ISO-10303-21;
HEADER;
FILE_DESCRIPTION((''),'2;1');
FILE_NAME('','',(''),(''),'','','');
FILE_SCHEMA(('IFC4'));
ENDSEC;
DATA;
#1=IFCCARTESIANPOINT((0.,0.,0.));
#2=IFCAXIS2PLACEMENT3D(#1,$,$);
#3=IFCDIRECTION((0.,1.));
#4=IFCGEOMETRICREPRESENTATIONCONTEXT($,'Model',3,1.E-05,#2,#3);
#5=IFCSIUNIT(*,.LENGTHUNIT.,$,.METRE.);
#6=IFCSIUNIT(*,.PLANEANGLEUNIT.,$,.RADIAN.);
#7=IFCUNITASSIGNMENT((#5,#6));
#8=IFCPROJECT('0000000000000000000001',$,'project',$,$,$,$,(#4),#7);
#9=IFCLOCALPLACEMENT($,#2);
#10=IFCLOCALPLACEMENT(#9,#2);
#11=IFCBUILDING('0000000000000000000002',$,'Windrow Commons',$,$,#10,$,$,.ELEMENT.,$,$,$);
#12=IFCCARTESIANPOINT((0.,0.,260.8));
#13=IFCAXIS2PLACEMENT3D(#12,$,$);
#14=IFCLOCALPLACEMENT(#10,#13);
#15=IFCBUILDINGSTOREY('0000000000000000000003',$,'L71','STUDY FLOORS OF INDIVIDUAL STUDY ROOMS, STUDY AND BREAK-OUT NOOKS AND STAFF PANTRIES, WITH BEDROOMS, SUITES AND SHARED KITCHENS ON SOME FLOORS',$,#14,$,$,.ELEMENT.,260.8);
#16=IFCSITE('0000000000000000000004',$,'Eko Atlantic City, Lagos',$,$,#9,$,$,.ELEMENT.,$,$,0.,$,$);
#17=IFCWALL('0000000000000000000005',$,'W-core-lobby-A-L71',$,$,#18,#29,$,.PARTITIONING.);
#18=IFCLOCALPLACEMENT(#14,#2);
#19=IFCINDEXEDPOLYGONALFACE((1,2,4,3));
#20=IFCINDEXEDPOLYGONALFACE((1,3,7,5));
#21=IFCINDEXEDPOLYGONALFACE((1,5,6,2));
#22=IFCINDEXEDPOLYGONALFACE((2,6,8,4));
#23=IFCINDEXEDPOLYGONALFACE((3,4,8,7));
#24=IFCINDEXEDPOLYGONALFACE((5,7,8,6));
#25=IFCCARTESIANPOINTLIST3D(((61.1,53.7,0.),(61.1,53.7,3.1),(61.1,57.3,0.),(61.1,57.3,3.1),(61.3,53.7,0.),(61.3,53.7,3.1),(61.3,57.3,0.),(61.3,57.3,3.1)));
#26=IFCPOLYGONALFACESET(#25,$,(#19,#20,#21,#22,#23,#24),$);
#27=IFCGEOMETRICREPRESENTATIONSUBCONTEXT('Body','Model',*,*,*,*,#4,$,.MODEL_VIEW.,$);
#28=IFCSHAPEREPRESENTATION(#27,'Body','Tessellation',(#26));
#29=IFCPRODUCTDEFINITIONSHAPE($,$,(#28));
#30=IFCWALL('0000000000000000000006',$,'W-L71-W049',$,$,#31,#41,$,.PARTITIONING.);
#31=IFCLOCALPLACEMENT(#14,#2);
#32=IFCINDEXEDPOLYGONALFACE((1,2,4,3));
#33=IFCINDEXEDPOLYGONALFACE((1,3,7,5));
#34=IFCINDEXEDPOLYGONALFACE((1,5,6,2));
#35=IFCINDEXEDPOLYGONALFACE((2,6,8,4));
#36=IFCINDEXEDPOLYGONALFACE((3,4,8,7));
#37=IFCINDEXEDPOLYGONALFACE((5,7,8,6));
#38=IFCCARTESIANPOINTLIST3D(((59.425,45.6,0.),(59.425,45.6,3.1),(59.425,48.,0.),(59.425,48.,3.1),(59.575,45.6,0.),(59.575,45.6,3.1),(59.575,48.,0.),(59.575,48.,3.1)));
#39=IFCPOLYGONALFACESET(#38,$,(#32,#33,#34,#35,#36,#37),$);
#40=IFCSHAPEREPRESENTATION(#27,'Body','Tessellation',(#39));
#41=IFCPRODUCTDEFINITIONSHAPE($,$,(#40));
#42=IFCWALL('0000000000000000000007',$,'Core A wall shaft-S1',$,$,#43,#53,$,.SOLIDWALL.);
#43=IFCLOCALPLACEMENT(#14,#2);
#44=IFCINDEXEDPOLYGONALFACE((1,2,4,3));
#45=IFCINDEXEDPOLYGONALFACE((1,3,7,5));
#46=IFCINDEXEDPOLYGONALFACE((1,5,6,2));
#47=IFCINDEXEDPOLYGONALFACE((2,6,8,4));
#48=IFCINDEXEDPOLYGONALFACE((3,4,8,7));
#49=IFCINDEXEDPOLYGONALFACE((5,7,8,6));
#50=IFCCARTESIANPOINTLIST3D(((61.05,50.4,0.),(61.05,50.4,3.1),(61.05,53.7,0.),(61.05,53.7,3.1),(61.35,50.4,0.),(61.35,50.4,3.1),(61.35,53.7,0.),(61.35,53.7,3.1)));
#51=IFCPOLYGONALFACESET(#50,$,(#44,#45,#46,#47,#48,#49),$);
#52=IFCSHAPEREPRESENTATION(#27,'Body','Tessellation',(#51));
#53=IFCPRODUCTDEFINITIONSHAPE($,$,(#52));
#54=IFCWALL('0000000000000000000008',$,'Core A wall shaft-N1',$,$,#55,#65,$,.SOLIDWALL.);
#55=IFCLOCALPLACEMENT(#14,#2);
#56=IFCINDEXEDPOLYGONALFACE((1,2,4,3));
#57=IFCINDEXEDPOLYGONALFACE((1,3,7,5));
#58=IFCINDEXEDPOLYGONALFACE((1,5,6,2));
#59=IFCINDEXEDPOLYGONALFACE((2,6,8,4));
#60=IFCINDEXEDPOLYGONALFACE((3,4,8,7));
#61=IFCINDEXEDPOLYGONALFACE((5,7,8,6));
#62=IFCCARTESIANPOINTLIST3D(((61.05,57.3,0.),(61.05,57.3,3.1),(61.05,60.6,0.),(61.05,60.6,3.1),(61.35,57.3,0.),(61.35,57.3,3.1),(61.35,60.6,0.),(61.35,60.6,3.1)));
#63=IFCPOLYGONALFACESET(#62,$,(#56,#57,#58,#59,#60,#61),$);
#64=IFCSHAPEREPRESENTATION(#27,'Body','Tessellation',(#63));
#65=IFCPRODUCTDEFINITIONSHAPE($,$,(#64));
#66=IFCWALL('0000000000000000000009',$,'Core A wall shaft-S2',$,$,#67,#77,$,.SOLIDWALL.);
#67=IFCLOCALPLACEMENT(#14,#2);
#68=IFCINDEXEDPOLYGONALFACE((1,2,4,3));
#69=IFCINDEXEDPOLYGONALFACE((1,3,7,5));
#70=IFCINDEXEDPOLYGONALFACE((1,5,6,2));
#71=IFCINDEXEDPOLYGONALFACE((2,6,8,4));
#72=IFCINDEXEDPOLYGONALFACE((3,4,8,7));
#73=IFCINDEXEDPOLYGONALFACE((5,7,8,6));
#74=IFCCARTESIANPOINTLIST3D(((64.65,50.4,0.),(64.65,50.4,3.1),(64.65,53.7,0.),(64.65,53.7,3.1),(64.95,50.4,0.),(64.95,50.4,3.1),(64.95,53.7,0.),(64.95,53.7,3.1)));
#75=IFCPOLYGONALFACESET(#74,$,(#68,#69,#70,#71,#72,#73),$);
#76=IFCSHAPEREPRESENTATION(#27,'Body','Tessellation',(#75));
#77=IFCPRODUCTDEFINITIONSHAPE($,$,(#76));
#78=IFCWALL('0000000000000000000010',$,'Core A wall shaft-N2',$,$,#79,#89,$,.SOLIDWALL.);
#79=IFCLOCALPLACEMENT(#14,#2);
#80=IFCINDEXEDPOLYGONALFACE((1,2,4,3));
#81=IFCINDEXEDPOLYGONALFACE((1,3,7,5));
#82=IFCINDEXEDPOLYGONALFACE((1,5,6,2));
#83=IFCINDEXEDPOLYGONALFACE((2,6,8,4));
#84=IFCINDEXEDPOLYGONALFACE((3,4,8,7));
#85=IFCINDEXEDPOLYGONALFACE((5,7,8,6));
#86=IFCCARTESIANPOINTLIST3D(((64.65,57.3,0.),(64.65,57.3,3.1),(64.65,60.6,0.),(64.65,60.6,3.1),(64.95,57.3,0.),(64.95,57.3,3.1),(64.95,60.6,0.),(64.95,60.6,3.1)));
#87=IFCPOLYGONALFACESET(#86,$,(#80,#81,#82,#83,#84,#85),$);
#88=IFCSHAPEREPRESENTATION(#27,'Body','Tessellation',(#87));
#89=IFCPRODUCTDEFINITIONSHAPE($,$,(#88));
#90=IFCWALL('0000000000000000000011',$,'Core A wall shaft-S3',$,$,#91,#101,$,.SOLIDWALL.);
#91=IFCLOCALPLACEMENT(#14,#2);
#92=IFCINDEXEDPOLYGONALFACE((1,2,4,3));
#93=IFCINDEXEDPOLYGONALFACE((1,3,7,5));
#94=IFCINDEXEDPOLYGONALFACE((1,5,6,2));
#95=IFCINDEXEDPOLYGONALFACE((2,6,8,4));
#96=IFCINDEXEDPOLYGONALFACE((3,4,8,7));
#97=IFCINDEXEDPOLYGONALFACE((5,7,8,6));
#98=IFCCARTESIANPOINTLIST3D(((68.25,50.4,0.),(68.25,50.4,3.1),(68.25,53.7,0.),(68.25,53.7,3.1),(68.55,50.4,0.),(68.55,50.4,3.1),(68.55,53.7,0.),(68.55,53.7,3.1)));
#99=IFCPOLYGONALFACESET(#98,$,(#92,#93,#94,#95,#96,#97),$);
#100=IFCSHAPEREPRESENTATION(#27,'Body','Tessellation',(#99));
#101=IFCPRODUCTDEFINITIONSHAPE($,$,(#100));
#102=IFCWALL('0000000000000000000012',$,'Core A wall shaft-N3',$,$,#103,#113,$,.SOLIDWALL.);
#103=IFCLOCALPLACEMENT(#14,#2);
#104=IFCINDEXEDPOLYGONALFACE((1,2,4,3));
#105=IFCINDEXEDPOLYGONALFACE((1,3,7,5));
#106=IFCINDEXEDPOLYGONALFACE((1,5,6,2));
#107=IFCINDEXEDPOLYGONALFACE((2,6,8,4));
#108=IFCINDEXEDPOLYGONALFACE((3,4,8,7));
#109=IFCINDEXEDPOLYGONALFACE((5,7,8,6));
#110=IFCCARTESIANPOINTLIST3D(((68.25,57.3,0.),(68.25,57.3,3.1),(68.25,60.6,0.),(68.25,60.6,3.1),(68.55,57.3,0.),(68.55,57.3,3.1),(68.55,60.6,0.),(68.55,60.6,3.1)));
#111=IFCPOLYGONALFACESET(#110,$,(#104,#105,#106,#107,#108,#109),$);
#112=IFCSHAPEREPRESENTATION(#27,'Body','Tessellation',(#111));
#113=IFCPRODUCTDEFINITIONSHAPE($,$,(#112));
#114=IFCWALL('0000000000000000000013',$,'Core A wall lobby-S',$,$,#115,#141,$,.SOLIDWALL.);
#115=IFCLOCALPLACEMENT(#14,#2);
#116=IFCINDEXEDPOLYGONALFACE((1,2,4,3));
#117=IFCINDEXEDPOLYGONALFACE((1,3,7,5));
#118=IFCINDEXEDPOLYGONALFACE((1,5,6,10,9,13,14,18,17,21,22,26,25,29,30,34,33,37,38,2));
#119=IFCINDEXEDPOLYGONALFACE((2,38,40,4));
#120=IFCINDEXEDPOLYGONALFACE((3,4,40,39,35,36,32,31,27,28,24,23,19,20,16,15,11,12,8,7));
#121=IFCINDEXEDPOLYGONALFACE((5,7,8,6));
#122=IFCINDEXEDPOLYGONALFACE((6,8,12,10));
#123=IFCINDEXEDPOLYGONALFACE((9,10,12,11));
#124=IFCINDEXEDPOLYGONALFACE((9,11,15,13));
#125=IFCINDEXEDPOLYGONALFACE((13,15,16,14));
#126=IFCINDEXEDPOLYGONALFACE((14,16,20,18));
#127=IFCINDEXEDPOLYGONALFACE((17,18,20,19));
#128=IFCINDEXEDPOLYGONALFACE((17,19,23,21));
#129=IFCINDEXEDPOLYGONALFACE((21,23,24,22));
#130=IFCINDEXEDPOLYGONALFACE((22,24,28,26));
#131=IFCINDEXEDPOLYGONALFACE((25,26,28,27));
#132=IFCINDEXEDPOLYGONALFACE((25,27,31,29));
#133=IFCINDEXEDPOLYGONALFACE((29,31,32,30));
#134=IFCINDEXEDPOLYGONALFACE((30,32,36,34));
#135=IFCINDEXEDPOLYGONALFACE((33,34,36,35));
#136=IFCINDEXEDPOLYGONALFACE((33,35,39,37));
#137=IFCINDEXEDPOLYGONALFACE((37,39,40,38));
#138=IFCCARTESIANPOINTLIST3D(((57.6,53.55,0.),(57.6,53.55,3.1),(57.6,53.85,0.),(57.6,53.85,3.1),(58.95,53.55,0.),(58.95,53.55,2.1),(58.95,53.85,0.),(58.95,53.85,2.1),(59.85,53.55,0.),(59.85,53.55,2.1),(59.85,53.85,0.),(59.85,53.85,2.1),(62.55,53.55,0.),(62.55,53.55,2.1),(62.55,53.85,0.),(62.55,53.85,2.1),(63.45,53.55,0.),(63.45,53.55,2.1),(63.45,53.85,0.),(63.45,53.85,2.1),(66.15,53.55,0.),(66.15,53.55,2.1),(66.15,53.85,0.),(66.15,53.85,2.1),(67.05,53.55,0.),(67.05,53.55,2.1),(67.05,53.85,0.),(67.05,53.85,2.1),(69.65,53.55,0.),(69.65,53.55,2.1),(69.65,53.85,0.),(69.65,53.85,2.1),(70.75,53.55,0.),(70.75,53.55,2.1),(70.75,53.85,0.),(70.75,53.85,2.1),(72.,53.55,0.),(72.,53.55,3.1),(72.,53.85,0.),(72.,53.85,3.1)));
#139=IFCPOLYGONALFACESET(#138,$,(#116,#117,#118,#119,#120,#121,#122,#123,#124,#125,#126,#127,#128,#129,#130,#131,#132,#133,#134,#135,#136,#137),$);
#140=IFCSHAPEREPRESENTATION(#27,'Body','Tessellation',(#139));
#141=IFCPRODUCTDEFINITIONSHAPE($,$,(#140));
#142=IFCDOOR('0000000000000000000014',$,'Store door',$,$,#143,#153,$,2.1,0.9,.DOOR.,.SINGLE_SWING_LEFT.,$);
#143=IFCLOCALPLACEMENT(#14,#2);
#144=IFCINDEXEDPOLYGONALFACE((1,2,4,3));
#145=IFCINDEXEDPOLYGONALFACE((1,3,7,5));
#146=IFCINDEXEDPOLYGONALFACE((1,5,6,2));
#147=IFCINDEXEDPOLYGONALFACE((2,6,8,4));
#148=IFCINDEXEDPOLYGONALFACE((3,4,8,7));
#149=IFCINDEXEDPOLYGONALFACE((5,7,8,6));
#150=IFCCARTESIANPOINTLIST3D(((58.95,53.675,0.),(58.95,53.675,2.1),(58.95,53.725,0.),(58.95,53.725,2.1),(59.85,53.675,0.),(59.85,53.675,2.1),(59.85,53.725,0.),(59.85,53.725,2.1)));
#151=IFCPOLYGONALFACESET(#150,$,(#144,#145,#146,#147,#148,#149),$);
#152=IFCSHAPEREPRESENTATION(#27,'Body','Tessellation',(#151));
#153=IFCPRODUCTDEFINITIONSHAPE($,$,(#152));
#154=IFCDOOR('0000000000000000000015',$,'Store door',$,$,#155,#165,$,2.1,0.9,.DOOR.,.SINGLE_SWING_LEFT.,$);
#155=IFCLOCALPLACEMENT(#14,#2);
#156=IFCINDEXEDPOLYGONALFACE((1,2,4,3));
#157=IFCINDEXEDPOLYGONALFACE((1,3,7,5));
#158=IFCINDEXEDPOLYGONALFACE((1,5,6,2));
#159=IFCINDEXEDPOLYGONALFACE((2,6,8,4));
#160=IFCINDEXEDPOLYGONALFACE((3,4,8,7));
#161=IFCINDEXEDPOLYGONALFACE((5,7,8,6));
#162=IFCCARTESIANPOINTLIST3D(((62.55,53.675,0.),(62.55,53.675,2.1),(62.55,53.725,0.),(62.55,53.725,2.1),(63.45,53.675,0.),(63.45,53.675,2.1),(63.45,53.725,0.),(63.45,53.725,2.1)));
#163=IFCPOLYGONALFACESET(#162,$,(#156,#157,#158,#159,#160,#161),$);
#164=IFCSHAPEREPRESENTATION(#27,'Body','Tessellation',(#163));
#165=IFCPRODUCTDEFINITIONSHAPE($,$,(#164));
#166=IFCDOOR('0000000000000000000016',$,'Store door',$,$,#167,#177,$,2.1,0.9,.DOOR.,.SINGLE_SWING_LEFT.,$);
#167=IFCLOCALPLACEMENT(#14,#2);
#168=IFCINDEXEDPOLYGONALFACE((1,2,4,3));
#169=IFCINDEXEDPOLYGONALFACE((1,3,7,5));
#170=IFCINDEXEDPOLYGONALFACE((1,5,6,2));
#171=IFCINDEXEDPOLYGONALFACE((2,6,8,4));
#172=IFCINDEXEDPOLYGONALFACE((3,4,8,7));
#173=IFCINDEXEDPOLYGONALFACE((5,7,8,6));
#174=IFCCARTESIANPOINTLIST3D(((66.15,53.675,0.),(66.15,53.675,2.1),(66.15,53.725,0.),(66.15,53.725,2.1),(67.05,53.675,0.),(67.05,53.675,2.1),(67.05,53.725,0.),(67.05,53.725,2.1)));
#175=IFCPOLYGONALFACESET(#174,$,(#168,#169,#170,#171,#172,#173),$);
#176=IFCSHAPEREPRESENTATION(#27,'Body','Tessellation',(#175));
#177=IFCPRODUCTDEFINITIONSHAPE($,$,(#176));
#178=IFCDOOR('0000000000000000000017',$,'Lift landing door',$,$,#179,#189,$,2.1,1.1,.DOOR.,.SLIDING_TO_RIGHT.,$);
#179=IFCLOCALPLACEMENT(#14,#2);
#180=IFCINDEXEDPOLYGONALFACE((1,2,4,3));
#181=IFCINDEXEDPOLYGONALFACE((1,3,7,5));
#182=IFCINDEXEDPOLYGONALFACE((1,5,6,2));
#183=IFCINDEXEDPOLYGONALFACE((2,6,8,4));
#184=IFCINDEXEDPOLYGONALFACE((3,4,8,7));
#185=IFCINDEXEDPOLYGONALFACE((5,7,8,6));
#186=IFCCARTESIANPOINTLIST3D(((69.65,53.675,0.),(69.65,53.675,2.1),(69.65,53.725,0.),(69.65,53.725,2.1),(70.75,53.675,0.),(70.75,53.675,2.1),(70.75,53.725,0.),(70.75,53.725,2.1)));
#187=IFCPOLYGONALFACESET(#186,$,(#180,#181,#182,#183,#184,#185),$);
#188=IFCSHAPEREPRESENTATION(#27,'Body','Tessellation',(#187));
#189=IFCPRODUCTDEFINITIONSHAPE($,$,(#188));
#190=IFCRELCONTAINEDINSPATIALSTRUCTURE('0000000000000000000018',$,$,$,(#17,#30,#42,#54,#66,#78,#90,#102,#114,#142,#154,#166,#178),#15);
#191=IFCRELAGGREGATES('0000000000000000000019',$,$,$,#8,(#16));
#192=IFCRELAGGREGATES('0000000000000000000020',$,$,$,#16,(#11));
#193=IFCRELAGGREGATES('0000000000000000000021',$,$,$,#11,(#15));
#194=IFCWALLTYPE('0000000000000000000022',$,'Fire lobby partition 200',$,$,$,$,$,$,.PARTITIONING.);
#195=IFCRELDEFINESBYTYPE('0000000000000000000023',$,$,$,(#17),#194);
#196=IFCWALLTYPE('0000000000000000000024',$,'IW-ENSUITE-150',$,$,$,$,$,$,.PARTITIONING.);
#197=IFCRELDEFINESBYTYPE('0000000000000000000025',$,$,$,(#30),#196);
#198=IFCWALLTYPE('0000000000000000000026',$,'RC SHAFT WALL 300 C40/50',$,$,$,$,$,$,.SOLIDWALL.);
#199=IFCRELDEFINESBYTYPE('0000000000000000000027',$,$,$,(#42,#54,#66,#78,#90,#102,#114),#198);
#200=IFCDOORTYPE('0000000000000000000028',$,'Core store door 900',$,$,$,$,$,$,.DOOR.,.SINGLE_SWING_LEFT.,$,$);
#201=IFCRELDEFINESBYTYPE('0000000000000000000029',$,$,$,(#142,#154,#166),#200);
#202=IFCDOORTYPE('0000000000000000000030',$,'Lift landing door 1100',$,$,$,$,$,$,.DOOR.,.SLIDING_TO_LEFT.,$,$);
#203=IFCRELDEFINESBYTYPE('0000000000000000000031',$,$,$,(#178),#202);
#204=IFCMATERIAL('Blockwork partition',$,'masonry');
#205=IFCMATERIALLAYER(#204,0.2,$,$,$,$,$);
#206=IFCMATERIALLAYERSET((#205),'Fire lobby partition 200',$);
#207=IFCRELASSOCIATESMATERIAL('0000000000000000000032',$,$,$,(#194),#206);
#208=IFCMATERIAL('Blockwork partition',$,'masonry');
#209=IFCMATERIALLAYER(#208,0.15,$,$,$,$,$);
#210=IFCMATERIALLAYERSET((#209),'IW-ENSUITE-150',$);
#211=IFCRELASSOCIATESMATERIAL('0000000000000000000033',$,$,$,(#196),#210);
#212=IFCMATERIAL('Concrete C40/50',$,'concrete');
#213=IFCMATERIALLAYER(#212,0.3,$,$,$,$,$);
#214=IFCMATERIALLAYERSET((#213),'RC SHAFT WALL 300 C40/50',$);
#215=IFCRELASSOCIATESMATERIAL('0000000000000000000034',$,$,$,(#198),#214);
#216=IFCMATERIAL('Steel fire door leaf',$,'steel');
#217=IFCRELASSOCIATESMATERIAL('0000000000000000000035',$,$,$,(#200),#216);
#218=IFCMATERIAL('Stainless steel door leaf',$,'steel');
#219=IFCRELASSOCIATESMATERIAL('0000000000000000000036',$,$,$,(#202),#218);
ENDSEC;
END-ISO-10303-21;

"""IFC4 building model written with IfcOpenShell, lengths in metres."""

from ifc_helpers import new_model, si_unit, direction, frame, frame_2d, origin, place, context, subcontext, project, spatial, rectangle, extrude, material, layer, layer_set, type_object, element, fill, save


model = new_model("IFC4")

# Units and contexts
model_context = context("Model", 3, precision=1e-05, world=origin(), true_north=direction((0.0, 1.0)))
body_context = subcontext(model_context, "Body", "Model", "MODEL_VIEW")
ifc_project = project(units=[si_unit("LENGTHUNIT", "METRE"), si_unit("PLANEANGLEUNIT", "RADIAN")], contexts=[model_context])

# Site, building, storey
site_placement = place(None, origin())
site = spatial("IfcSite", under=ifc_project, at=site_placement, Name="Eko Atlantic City, Lagos", CompositionType="ELEMENT", RefElevation=0.0)
building_placement = place(site_placement, origin())
building = spatial("IfcBuilding", under=site, at=building_placement, Name="Windrow Commons", CompositionType="ELEMENT")
storey_placement = place(building_placement, frame((0.0, 0.0, 260.8)))
storey = spatial("IfcBuildingStorey", under=building, at=storey_placement, Name="L71", Description="STUDY FLOORS OF INDIVIDUAL STUDY ROOMS, STUDY AND BREAK-OUT NOOKS AND STAFF PANTRIES, WITH BEDROOMS, SUITES AND SHARED KITCHENS ON SOME FLOORS", CompositionType="ELEMENT", Elevation=260.8)

# Walls
ifc_material_1 = material(Name="Blockwork partition", Category="masonry")
ifc_layer_1 = layer(ifc_material_1, 0.2)
ifc_layer_set_1 = layer_set([ifc_layer_1], Name="Fire lobby partition 200")
wall_type_1 = type_object("IfcWallType", Name="Fire lobby partition 200", PredefinedType="PARTITIONING", material=ifc_layer_set_1)
wall_1_placement = place(storey_placement, frame((61.2, 53.7, 0.0), z_axis=(0.0, 0.0, 1.0), x_axis=(0.0, 1.0, 0.0)))
element("IfcWall", 1, at=wall_1_placement, inside=storey, type_object=wall_type_1, Name="W-core-lobby-A-L71", PredefinedType="PARTITIONING", context=body_context, shape_type="SweptSolid", body=[
    extrude(rectangle(XDim=3.6, YDim=0.2, at=frame_2d((1.8, 0.0))), origin(), (0.0, 0.0, 1.0), 3.1),
])
ifc_material_2 = material(Name="Blockwork partition", Category="masonry")
ifc_layer_2 = layer(ifc_material_2, 0.15)
ifc_layer_set_2 = layer_set([ifc_layer_2], Name="IW-ENSUITE-150")
wall_type_2 = type_object("IfcWallType", Name="IW-ENSUITE-150", PredefinedType="PARTITIONING", material=ifc_layer_set_2)
wall_2_placement = place(storey_placement, frame((59.5, 45.6, 0.0), z_axis=(0.0, 0.0, 1.0), x_axis=(0.0, 1.0, 0.0)))
element("IfcWall", 2, at=wall_2_placement, inside=storey, type_object=wall_type_2, Name="W-L71-W049", PredefinedType="PARTITIONING", context=body_context, shape_type="SweptSolid", body=[
    extrude(rectangle(XDim=2.4, YDim=0.15, at=frame_2d((1.2, 0.0))), origin(), (0.0, 0.0, 1.0), 3.1),
])
ifc_material_3 = material(Name="Concrete C40/50", Category="concrete")
ifc_layer_3 = layer(ifc_material_3, 0.3)
ifc_layer_set_3 = layer_set([ifc_layer_3], Name="RC SHAFT WALL 300 C40/50")
wall_type_3 = type_object("IfcWallType", Name="RC SHAFT WALL 300 C40/50", PredefinedType="SOLIDWALL", material=ifc_layer_set_3)
for number, where, z_axis, x_axis, name in (
    (3, (61.2, 50.4, 0.0), (0.0, 0.0, 1.0), (0.0, 1.0, 0.0), "Core A wall shaft-S1"),
    (4, (61.2, 57.3, 0.0), (0.0, 0.0, 1.0), (0.0, 1.0, 0.0), "Core A wall shaft-N1"),
    (5, (64.8, 50.4, 0.0), (0.0, 0.0, 1.0), (0.0, 1.0, 0.0), "Core A wall shaft-S2"),
    (6, (64.8, 57.3, 0.0), (0.0, 0.0, 1.0), (0.0, 1.0, 0.0), "Core A wall shaft-N2"),
    (7, (68.4, 50.4, 0.0), (0.0, 0.0, 1.0), (0.0, 1.0, 0.0), "Core A wall shaft-S3"),
    (8, (68.4, 57.3, 0.0), (0.0, 0.0, 1.0), (0.0, 1.0, 0.0), "Core A wall shaft-N3"),
):
    element("IfcWall", number, at=place(storey_placement, frame(where, z_axis=z_axis, x_axis=x_axis)), inside=storey, type_object=wall_type_3, Name=name, PredefinedType="SOLIDWALL", context=body_context, shape_type="SweptSolid", body=[
        extrude(rectangle(XDim=3.3, YDim=0.3, at=frame_2d((1.65, 0.0))), origin(), (0.0, 0.0, 1.0), 3.1),
    ])

# Wall, openings, doors
wall_3_placement = place(storey_placement, frame((57.6, 53.7, 0.0), z_axis=(0.0, 0.0, 1.0), x_axis=(1.0, 0.0, 0.0)))
wall_3 = element("IfcWall", 9, at=wall_3_placement, inside=storey, type_object=wall_type_3, Name="Core A wall lobby-S", PredefinedType="SOLIDWALL", context=body_context, shape_type="SweptSolid", body=[
    extrude(rectangle(XDim=14.4, YDim=0.3, at=frame_2d((7.2, 0.0))), origin(), (0.0, 0.0, 1.0), 3.1),
])
opening_1_placement = place(wall_3_placement, frame((1.35, 0.0, 0.0)))
opening_1 = element("IfcOpeningElement", 10, at=opening_1_placement, cuts=wall_3, PredefinedType="OPENING", context=body_context, shape_type="SweptSolid", body=[
    extrude(rectangle(XDim=0.9, YDim=2.1, at=frame_2d((0.45, 1.05))), frame((0.0, 0.16, 0.0), z_axis=(0.0, -1.0, 0.0), x_axis=(1.0, 0.0, 0.0)), (0.0, 0.0, 1.0), 0.32),
])
opening_2_placement = place(wall_3_placement, frame((4.95, 0.0, 0.0)))
opening_2 = element("IfcOpeningElement", 11, at=opening_2_placement, cuts=wall_3, PredefinedType="OPENING", context=body_context, shape_type="SweptSolid", body=[
    extrude(rectangle(XDim=0.9, YDim=2.1, at=frame_2d((0.45, 1.05))), frame((0.0, 0.16, 0.0), z_axis=(0.0, -1.0, 0.0), x_axis=(1.0, 0.0, 0.0)), (0.0, 0.0, 1.0), 0.32),
])
opening_3_placement = place(wall_3_placement, frame((8.55, 0.0, 0.0)))
opening_3 = element("IfcOpeningElement", 12, at=opening_3_placement, cuts=wall_3, PredefinedType="OPENING", context=body_context, shape_type="SweptSolid", body=[
    extrude(rectangle(XDim=0.9, YDim=2.1, at=frame_2d((0.45, 1.05))), frame((0.0, 0.16, 0.0), z_axis=(0.0, -1.0, 0.0), x_axis=(1.0, 0.0, 0.0)), (0.0, 0.0, 1.0), 0.32),
])
opening_4_placement = place(wall_3_placement, frame((12.05, 0.0, 0.0)))
opening_4 = element("IfcOpeningElement", 13, at=opening_4_placement, cuts=wall_3, PredefinedType="OPENING", context=body_context, shape_type="SweptSolid", body=[
    extrude(rectangle(XDim=1.1, YDim=2.1, at=frame_2d((0.55, 1.05))), frame((0.0, 0.16, 0.0), z_axis=(0.0, -1.0, 0.0), x_axis=(1.0, 0.0, 0.0)), (0.0, 0.0, 1.0), 0.32),
])
ifc_material_4 = material(Name="Steel fire door leaf", Category="steel")
door_type_1 = type_object("IfcDoorType", Name="Core store door 900", OperationType="SINGLE_SWING_LEFT", PredefinedType="DOOR", material=ifc_material_4)
door_1_placement = place(opening_1_placement, origin())
door_1 = element("IfcDoor", 14, at=door_1_placement, inside=storey, type_object=door_type_1, Name="Store door", OperationType="SINGLE_SWING_LEFT", OverallHeight=2.1, OverallWidth=0.9, PredefinedType="DOOR", context=body_context, shape_type="SweptSolid", body=[
    extrude(rectangle(XDim=0.9, YDim=2.1, at=frame_2d((0.45, 1.05))), frame((0.0, 0.025, 0.0), z_axis=(0.0, -1.0, 0.0), x_axis=(1.0, 0.0, 0.0)), (0.0, 0.0, 1.0), 0.05),
])
fill(opening_1, door_1)
door_2_placement = place(opening_2_placement, origin())
door_2 = element("IfcDoor", 15, at=door_2_placement, inside=storey, type_object=door_type_1, Name="Store door", OperationType="SINGLE_SWING_LEFT", OverallHeight=2.1, OverallWidth=0.9, PredefinedType="DOOR", context=body_context, shape_type="SweptSolid", body=[
    extrude(rectangle(XDim=0.9, YDim=2.1, at=frame_2d((0.45, 1.05))), frame((0.0, 0.025, 0.0), z_axis=(0.0, -1.0, 0.0), x_axis=(1.0, 0.0, 0.0)), (0.0, 0.0, 1.0), 0.05),
])
fill(opening_2, door_2)
door_3_placement = place(opening_3_placement, origin())
door_3 = element("IfcDoor", 16, at=door_3_placement, inside=storey, type_object=door_type_1, Name="Store door", OperationType="SINGLE_SWING_LEFT", OverallHeight=2.1, OverallWidth=0.9, PredefinedType="DOOR", context=body_context, shape_type="SweptSolid", body=[
    extrude(rectangle(XDim=0.9, YDim=2.1, at=frame_2d((0.45, 1.05))), frame((0.0, 0.025, 0.0), z_axis=(0.0, -1.0, 0.0), x_axis=(1.0, 0.0, 0.0)), (0.0, 0.0, 1.0), 0.05),
])
fill(opening_3, door_3)
ifc_material_5 = material(Name="Stainless steel door leaf", Category="steel")
door_type_2 = type_object("IfcDoorType", Name="Lift landing door 1100", OperationType="SLIDING_TO_LEFT", PredefinedType="DOOR", material=ifc_material_5)
door_4_placement = place(opening_4_placement, origin())
door_4 = element("IfcDoor", 17, at=door_4_placement, inside=storey, type_object=door_type_2, Name="Lift landing door", OperationType="SLIDING_TO_RIGHT", OverallHeight=2.1, OverallWidth=1.1, PredefinedType="DOOR", context=body_context, shape_type="SweptSolid", body=[
    extrude(rectangle(XDim=1.1, YDim=2.1, at=frame_2d((0.55, 1.05))), frame((0.0, 0.025, 0.0), z_axis=(0.0, -1.0, 0.0), x_axis=(1.0, 0.0, 0.0)), (0.0, 0.0, 1.0), 0.05),
])
fill(opening_4, door_4)

save(model, "model.ifc")
